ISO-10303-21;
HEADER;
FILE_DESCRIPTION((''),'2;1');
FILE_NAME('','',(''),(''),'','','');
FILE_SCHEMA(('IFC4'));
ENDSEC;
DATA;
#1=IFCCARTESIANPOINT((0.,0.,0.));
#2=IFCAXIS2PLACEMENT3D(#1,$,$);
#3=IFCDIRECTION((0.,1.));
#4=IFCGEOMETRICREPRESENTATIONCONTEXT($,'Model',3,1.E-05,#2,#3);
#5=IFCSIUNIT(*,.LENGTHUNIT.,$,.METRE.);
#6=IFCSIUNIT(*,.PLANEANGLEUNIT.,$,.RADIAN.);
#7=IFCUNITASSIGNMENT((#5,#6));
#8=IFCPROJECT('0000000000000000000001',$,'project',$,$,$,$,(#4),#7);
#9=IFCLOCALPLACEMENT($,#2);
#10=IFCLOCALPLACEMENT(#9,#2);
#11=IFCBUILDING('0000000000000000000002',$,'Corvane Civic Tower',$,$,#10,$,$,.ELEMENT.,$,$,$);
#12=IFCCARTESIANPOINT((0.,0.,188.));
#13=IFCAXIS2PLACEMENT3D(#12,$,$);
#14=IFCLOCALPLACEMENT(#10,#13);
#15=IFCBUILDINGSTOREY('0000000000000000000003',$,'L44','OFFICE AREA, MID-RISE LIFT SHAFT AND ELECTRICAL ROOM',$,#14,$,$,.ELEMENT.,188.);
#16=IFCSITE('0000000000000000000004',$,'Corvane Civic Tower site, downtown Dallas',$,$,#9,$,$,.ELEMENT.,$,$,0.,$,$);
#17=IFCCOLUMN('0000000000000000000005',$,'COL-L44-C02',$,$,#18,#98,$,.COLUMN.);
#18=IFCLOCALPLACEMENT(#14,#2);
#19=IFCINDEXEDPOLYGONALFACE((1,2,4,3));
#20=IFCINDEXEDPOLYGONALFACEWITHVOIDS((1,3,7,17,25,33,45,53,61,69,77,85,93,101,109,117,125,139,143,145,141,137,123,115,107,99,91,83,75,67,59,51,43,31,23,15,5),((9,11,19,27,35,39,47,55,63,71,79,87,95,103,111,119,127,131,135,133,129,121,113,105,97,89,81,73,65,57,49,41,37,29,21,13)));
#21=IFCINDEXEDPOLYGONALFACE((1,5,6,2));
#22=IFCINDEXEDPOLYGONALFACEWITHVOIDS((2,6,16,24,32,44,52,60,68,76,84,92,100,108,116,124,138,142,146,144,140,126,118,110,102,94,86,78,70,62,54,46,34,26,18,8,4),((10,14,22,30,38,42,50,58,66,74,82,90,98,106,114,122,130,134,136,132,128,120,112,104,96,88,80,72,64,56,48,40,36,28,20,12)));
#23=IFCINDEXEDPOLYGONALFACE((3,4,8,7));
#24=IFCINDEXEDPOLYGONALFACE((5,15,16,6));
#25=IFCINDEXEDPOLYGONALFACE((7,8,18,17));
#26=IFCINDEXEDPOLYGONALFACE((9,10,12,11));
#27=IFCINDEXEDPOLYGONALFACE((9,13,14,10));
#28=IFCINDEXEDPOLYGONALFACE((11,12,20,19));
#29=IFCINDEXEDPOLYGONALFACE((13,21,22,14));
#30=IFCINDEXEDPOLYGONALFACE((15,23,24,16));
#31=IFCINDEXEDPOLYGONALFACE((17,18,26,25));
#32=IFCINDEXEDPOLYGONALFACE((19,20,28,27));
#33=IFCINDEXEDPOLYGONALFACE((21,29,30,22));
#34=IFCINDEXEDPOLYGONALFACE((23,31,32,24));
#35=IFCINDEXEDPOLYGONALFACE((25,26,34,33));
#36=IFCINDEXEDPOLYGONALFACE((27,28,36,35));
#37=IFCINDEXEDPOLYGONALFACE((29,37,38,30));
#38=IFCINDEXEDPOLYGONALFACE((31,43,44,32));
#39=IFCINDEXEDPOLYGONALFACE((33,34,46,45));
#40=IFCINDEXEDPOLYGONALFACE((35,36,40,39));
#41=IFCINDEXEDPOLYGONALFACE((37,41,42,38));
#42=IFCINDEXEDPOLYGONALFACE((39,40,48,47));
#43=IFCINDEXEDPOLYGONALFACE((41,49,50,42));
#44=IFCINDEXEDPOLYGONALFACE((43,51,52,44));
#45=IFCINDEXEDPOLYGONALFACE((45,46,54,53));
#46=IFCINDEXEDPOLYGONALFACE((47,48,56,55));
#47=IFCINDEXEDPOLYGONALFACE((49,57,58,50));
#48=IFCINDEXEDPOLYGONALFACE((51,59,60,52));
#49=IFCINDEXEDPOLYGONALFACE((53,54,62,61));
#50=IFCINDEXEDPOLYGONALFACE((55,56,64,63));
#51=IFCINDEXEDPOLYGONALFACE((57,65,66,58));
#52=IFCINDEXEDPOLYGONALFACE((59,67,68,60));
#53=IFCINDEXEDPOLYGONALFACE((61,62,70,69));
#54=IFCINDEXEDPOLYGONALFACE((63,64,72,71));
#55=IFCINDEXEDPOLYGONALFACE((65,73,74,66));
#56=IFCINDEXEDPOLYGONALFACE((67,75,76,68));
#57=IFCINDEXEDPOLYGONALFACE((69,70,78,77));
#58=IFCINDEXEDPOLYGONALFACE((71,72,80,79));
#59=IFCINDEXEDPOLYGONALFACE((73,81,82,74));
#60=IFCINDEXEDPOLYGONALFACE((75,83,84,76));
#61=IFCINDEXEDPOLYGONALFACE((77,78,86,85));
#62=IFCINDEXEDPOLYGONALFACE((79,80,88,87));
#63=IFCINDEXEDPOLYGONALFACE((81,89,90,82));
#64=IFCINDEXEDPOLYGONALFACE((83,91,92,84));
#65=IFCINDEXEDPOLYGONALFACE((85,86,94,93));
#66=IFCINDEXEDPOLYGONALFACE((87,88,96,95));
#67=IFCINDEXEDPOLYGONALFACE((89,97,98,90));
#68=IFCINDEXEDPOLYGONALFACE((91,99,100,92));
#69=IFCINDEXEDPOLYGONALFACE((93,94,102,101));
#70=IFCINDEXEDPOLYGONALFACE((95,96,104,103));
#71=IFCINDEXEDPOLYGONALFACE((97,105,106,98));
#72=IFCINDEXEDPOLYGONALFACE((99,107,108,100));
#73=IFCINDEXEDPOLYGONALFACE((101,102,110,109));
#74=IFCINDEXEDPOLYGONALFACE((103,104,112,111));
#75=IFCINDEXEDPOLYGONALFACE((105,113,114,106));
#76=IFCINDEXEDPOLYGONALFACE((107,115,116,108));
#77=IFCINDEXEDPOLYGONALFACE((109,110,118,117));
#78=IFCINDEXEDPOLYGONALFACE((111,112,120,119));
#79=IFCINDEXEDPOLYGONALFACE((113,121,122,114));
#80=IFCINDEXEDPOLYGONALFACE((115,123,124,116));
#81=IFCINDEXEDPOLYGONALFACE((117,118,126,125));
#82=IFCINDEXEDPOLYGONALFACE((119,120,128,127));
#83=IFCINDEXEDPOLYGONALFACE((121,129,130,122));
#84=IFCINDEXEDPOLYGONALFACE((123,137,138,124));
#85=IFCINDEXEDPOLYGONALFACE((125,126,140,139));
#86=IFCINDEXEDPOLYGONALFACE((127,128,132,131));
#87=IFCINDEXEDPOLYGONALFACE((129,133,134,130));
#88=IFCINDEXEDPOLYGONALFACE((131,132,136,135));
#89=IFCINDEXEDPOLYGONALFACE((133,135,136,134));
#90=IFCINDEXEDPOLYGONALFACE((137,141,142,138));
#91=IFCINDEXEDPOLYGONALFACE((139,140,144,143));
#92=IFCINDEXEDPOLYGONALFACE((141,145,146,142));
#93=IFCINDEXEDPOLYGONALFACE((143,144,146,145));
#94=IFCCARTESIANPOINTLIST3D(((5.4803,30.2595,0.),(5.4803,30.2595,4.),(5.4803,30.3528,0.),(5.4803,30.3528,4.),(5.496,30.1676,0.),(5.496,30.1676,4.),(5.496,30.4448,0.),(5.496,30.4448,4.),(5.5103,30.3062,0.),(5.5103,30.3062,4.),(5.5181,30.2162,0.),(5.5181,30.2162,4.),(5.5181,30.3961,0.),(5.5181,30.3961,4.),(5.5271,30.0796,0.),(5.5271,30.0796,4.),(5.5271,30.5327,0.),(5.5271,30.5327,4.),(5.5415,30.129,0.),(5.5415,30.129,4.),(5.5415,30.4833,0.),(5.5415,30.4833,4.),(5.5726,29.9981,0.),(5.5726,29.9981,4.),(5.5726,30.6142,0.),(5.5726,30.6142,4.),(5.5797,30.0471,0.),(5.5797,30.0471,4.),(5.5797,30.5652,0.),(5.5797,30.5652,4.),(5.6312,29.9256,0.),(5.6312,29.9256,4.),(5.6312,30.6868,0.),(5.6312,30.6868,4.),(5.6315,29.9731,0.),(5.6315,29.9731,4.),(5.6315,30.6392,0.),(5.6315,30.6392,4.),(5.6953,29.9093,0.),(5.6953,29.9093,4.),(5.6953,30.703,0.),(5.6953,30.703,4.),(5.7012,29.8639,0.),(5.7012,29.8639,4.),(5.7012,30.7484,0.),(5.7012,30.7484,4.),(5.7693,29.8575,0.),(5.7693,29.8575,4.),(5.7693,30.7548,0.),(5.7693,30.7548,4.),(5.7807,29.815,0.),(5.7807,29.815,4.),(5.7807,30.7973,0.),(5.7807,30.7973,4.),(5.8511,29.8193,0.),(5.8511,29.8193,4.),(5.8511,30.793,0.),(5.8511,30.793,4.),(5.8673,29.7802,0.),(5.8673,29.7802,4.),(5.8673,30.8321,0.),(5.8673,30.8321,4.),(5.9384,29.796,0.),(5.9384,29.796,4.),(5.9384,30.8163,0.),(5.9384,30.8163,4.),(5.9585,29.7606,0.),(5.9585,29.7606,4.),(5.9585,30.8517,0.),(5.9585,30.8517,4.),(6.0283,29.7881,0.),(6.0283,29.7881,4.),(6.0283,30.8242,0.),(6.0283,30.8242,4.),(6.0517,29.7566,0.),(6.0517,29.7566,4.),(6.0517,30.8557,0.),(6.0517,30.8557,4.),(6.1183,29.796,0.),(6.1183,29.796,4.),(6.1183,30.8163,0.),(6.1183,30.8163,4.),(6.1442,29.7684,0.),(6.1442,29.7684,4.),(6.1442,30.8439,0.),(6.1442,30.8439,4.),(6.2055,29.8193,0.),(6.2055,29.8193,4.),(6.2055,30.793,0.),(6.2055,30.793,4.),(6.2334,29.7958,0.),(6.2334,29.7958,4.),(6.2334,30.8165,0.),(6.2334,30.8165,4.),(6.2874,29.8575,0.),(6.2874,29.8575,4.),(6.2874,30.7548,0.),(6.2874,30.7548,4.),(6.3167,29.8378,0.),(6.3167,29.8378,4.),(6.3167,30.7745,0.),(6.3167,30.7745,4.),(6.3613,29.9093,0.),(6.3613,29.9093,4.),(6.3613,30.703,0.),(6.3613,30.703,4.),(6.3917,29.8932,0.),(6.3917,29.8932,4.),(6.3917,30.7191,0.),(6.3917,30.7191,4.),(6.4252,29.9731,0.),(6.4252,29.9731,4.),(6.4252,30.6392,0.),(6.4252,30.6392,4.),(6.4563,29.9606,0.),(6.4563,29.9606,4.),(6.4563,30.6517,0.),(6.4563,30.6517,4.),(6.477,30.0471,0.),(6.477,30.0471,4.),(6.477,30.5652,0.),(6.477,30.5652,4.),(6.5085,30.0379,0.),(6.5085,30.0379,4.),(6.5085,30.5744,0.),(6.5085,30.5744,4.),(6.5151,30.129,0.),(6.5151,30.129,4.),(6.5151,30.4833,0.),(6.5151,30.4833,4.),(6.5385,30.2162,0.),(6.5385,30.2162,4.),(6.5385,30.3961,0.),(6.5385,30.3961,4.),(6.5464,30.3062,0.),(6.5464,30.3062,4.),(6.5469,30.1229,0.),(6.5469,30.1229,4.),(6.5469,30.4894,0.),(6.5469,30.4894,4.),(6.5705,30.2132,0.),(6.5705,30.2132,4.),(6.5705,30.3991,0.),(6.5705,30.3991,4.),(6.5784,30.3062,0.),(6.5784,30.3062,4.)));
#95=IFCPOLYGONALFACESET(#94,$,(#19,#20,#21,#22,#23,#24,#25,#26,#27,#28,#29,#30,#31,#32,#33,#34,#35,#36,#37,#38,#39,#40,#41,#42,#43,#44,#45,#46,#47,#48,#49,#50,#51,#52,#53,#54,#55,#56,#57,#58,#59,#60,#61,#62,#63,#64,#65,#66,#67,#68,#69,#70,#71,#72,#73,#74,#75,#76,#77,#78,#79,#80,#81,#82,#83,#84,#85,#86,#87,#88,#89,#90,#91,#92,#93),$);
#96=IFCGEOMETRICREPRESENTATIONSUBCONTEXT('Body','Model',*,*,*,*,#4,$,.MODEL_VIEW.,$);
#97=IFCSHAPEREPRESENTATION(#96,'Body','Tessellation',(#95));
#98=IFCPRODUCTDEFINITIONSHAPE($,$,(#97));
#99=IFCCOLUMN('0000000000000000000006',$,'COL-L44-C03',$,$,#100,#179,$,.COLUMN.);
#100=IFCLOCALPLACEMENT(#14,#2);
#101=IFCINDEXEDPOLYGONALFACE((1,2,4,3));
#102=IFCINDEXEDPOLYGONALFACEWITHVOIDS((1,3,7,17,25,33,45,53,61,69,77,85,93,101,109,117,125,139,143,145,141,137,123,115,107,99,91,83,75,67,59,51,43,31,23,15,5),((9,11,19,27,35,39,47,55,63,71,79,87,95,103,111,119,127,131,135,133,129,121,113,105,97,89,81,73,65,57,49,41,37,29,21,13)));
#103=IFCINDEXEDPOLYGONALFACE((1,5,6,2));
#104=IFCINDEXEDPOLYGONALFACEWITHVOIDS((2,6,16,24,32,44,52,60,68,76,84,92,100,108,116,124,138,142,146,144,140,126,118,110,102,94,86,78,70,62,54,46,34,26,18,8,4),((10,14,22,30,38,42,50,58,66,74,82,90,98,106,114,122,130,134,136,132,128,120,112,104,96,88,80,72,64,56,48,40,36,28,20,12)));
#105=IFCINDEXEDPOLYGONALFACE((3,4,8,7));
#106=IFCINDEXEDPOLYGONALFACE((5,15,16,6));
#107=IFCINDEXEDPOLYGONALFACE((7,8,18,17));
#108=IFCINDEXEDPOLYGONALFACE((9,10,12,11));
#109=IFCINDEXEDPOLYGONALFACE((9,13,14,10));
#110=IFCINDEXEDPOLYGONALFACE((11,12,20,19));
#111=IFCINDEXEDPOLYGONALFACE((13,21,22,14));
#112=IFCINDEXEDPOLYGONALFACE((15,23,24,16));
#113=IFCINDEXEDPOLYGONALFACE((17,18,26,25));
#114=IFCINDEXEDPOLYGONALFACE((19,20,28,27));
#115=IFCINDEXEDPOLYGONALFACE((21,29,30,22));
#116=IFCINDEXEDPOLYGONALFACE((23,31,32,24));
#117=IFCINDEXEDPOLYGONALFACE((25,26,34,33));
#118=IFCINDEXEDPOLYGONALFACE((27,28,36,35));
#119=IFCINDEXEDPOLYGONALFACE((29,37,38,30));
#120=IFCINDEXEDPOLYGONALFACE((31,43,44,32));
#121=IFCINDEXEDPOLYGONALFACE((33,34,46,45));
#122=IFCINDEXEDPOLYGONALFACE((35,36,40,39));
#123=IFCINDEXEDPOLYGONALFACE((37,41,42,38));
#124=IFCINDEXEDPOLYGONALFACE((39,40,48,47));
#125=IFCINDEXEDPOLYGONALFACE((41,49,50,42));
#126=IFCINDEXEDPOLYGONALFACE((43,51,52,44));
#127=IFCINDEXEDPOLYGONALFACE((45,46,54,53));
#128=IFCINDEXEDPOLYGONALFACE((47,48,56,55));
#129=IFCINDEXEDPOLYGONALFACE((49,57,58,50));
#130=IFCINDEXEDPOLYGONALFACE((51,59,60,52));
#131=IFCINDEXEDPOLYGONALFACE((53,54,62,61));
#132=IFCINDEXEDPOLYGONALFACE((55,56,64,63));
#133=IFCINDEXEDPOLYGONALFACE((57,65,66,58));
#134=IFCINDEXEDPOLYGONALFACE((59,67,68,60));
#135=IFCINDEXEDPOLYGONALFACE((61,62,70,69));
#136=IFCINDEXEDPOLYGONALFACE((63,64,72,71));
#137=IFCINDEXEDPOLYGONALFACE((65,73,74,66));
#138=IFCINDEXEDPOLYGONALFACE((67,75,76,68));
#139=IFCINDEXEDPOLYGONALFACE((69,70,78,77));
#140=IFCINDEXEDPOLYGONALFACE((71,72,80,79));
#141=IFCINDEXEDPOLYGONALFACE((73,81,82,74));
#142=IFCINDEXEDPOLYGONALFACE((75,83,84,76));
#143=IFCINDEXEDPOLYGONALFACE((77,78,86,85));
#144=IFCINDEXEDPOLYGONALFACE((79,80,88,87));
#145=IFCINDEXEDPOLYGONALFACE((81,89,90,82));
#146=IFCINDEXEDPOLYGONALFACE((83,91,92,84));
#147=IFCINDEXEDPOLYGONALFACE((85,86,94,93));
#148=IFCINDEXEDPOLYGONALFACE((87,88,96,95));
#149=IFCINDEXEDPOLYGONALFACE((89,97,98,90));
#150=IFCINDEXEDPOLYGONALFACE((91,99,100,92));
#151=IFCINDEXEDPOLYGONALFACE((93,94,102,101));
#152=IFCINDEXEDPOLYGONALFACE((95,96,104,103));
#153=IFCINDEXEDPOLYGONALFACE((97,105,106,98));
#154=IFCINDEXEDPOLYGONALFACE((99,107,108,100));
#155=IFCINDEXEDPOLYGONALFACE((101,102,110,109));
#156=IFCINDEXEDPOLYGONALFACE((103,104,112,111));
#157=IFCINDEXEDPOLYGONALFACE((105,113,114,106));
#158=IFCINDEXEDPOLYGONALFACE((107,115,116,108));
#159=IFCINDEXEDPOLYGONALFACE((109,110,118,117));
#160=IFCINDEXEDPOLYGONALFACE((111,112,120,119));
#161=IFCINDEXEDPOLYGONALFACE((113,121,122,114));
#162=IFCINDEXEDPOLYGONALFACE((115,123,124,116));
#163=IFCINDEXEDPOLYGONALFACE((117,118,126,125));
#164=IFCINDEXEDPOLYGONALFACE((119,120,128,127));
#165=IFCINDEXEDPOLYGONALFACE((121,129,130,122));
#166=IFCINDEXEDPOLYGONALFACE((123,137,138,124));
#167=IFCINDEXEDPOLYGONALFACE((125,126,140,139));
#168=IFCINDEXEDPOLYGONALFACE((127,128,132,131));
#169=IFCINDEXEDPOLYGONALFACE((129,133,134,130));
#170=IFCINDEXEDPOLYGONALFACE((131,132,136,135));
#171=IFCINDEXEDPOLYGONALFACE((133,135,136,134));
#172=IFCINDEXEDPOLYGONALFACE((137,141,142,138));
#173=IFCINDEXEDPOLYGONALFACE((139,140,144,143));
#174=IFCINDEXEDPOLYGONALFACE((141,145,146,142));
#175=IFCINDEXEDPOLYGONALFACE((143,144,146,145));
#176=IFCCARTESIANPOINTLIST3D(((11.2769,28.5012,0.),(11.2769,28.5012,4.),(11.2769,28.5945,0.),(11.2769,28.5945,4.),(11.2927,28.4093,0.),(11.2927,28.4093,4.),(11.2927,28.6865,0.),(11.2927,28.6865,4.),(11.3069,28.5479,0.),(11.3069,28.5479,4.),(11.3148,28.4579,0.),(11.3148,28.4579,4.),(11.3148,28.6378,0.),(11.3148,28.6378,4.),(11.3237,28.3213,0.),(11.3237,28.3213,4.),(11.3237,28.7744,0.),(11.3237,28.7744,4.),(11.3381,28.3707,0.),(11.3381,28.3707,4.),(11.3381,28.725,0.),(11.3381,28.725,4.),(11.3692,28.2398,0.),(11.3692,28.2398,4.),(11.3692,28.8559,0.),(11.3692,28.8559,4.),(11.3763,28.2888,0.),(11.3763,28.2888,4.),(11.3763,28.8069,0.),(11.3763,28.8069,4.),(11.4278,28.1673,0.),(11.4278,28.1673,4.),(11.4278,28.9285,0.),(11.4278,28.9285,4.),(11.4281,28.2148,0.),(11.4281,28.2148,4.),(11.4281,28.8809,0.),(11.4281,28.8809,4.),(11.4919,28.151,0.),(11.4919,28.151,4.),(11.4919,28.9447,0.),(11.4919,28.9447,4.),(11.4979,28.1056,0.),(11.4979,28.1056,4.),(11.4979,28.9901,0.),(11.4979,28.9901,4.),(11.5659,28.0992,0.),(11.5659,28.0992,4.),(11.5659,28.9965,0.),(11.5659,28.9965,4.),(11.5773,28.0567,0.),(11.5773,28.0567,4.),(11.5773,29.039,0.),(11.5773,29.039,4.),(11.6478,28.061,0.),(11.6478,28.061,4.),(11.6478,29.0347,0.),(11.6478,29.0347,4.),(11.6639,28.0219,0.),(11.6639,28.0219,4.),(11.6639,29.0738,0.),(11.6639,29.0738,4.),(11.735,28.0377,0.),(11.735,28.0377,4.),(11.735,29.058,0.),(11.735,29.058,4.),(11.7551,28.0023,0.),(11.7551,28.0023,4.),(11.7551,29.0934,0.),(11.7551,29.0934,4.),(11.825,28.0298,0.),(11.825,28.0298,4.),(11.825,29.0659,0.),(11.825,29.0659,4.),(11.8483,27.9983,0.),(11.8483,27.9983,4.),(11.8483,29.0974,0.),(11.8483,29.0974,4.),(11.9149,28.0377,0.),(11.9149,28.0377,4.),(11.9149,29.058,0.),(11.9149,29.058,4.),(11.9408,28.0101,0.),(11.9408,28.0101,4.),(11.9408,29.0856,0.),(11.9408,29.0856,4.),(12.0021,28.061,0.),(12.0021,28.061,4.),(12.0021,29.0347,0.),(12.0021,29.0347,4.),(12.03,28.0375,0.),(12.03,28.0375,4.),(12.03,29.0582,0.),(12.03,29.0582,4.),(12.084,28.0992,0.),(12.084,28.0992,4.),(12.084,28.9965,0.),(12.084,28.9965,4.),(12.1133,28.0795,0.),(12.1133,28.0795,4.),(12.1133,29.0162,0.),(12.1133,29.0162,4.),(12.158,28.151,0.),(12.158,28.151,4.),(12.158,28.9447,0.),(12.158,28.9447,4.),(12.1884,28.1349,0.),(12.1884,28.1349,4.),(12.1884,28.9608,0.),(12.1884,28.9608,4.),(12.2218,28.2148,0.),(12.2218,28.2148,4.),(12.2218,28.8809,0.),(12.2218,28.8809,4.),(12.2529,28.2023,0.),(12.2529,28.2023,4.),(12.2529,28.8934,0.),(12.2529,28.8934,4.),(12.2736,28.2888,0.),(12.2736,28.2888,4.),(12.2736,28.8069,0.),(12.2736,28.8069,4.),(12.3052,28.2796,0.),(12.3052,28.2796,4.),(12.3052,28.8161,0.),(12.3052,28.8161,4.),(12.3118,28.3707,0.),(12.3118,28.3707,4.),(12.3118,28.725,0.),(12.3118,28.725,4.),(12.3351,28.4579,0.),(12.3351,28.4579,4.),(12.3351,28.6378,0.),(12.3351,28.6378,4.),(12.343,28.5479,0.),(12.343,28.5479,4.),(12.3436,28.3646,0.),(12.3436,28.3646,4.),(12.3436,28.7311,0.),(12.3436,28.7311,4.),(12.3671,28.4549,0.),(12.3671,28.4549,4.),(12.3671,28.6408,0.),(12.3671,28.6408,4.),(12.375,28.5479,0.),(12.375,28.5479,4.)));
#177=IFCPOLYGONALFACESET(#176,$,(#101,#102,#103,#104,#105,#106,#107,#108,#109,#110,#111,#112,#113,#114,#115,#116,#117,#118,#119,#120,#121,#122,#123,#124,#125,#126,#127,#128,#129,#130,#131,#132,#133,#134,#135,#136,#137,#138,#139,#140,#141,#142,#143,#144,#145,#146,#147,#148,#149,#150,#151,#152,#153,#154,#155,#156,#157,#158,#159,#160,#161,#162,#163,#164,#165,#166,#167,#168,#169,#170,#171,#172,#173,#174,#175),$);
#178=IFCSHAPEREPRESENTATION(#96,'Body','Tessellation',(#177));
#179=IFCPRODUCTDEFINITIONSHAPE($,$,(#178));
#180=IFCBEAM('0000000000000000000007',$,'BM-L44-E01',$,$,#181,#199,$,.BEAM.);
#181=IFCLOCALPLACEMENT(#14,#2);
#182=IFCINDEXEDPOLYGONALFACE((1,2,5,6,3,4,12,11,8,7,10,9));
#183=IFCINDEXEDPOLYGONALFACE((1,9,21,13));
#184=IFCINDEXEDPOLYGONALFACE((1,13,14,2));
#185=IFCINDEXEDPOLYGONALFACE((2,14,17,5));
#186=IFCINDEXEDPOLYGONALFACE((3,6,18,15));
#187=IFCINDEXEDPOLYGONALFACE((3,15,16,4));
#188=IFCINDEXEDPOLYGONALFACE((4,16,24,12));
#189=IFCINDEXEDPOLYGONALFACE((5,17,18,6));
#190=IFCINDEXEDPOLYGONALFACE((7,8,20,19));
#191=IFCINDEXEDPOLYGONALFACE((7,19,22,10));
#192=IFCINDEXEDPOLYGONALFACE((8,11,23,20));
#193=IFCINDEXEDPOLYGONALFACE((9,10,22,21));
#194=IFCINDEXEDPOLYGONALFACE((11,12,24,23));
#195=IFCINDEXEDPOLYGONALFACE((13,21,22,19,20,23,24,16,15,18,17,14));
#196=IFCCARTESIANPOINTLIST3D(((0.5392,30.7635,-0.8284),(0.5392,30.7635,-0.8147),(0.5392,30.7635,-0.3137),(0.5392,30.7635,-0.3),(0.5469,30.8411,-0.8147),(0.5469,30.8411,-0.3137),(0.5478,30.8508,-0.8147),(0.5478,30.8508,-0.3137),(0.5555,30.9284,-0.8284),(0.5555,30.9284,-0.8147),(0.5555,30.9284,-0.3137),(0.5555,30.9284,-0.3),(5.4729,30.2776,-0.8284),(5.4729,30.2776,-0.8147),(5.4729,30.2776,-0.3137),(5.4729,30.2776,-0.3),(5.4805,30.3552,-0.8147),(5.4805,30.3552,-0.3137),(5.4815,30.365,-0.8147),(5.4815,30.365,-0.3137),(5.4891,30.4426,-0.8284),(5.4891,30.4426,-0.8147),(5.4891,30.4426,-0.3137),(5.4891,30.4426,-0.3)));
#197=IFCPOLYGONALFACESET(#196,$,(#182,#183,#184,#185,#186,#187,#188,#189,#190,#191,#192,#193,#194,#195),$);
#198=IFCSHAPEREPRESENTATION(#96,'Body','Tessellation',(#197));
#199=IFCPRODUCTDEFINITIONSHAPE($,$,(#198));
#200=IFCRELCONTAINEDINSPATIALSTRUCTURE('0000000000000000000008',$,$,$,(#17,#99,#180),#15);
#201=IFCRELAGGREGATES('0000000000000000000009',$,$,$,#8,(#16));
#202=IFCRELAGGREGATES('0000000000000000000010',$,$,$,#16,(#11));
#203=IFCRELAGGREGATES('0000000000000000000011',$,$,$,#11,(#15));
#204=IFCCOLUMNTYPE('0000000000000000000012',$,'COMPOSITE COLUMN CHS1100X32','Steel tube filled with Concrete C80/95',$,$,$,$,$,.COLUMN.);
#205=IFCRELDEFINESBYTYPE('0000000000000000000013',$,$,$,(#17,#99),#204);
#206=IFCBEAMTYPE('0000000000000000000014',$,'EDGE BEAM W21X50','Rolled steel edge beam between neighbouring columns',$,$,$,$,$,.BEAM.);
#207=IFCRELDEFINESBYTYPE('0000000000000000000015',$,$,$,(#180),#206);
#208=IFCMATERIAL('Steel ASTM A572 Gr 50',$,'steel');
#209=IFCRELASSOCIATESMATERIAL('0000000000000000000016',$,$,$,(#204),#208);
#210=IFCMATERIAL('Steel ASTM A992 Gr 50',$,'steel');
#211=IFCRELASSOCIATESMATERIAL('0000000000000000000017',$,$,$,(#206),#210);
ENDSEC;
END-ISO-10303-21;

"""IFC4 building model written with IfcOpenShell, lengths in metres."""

from ifc_helpers import new_model, si_unit, direction, frame, origin, origin_2d, place, context, subcontext, project, spatial, hollow_circle, i_section, extrude, material, material_profile, profile_set, type_object, element, save


model = new_model("IFC4")

# Units and contexts
model_context = context("Model", 3, precision=1e-05, world=origin(), true_north=direction((0.0, 1.0)))
body_context = subcontext(model_context, "Body", "Model", "MODEL_VIEW")
ifc_project = project(units=[si_unit("LENGTHUNIT", "METRE"), si_unit("PLANEANGLEUNIT", "RADIAN")], contexts=[model_context])

# Site, building, storey
site_placement = place(None, origin())
site = spatial("IfcSite", under=ifc_project, at=site_placement, Name="Corvane Civic Tower site, downtown Dallas", CompositionType="ELEMENT", RefElevation=0.0)
building_placement = place(site_placement, origin())
building = spatial("IfcBuilding", under=site, at=building_placement, Name="Corvane Civic Tower", CompositionType="ELEMENT")
storey_placement = place(building_placement, frame((0.0, 0.0, 188.0)))
storey = spatial("IfcBuildingStorey", under=building, at=storey_placement, Name="L44", Description="OFFICE AREA, MID-RISE LIFT SHAFT AND ELECTRICAL ROOM", CompositionType="ELEMENT", Elevation=188.0)

# Columns
ifc_material_1 = material(Name="Steel ASTM A572 Gr 50", Category="steel")
ifc_material_profile_1 = material_profile(ifc_material_1, hollow_circle(Radius=0.55, WallThickness=0.032, at=origin_2d()), Name="CHS1100X32")
ifc_profile_set_1 = profile_set([ifc_material_profile_1], Name="Steel ASTM A572 Gr 50")
column_type = type_object("IfcColumnType", Name="COMPOSITE COLUMN CHS1100X32", Description="Steel tube filled with Concrete C80/95", PredefinedType="COLUMN", material=ifc_profile_set_1)
for number, where, z_axis, x_axis, name in (
    (1, (6.0283, 30.3062, 0.0), (0.0, 0.0, 1.0), (1.0, 0.0, 0.0), "COL-L44-C02"),
    (2, (11.825, 28.5479, 0.0), (0.0, 0.0, 1.0), (1.0, 0.0, 0.0), "COL-L44-C03"),
):
    element("IfcColumn", number, at=place(storey_placement, frame(where, z_axis=z_axis, x_axis=x_axis)), inside=storey, type_object=column_type, Name=name, PredefinedType="COLUMN", context=body_context, shape_type="SweptSolid", body=[
        extrude(hollow_circle(Radius=0.55, WallThickness=0.032, at=origin_2d()), origin(), (0.0, 0.0, 1.0), 4.0),
    ])

# Beam
ifc_material_2 = material(Name="Steel ASTM A992 Gr 50", Category="steel")
ifc_material_profile_2 = material_profile(ifc_material_2, i_section(OverallWidth=0.1658, OverallDepth=0.5283, WebThickness=0.0098, FlangeThickness=0.0137, at=origin_2d()), Name="W21X50")
ifc_profile_set_2 = profile_set([ifc_material_profile_2], Name="Steel ASTM A992 Gr 50")
beam_type_1 = type_object("IfcBeamType", Name="EDGE BEAM W21X50", Description="Rolled steel edge beam between neighbouring columns", PredefinedType="BEAM", material=ifc_profile_set_2)
beam_1_placement = place(storey_placement, frame((0.5474, 30.8459, -0.5642), z_axis=(0.995186, -0.098002, 0.0), x_axis=(0.098002, 0.995186, 0.0)))
element("IfcBeam", 3, at=beam_1_placement, inside=storey, type_object=beam_type_1, Name="BM-L44-E01", PredefinedType="BEAM", context=body_context, shape_type="SweptSolid", body=[
    extrude(i_section(OverallWidth=0.1658, OverallDepth=0.5283, WebThickness=0.0098, FlangeThickness=0.0137, at=origin_2d()), origin(), (0.0, 0.0, 1.0), 4.9575),
])

save(model, "model.ifc")
